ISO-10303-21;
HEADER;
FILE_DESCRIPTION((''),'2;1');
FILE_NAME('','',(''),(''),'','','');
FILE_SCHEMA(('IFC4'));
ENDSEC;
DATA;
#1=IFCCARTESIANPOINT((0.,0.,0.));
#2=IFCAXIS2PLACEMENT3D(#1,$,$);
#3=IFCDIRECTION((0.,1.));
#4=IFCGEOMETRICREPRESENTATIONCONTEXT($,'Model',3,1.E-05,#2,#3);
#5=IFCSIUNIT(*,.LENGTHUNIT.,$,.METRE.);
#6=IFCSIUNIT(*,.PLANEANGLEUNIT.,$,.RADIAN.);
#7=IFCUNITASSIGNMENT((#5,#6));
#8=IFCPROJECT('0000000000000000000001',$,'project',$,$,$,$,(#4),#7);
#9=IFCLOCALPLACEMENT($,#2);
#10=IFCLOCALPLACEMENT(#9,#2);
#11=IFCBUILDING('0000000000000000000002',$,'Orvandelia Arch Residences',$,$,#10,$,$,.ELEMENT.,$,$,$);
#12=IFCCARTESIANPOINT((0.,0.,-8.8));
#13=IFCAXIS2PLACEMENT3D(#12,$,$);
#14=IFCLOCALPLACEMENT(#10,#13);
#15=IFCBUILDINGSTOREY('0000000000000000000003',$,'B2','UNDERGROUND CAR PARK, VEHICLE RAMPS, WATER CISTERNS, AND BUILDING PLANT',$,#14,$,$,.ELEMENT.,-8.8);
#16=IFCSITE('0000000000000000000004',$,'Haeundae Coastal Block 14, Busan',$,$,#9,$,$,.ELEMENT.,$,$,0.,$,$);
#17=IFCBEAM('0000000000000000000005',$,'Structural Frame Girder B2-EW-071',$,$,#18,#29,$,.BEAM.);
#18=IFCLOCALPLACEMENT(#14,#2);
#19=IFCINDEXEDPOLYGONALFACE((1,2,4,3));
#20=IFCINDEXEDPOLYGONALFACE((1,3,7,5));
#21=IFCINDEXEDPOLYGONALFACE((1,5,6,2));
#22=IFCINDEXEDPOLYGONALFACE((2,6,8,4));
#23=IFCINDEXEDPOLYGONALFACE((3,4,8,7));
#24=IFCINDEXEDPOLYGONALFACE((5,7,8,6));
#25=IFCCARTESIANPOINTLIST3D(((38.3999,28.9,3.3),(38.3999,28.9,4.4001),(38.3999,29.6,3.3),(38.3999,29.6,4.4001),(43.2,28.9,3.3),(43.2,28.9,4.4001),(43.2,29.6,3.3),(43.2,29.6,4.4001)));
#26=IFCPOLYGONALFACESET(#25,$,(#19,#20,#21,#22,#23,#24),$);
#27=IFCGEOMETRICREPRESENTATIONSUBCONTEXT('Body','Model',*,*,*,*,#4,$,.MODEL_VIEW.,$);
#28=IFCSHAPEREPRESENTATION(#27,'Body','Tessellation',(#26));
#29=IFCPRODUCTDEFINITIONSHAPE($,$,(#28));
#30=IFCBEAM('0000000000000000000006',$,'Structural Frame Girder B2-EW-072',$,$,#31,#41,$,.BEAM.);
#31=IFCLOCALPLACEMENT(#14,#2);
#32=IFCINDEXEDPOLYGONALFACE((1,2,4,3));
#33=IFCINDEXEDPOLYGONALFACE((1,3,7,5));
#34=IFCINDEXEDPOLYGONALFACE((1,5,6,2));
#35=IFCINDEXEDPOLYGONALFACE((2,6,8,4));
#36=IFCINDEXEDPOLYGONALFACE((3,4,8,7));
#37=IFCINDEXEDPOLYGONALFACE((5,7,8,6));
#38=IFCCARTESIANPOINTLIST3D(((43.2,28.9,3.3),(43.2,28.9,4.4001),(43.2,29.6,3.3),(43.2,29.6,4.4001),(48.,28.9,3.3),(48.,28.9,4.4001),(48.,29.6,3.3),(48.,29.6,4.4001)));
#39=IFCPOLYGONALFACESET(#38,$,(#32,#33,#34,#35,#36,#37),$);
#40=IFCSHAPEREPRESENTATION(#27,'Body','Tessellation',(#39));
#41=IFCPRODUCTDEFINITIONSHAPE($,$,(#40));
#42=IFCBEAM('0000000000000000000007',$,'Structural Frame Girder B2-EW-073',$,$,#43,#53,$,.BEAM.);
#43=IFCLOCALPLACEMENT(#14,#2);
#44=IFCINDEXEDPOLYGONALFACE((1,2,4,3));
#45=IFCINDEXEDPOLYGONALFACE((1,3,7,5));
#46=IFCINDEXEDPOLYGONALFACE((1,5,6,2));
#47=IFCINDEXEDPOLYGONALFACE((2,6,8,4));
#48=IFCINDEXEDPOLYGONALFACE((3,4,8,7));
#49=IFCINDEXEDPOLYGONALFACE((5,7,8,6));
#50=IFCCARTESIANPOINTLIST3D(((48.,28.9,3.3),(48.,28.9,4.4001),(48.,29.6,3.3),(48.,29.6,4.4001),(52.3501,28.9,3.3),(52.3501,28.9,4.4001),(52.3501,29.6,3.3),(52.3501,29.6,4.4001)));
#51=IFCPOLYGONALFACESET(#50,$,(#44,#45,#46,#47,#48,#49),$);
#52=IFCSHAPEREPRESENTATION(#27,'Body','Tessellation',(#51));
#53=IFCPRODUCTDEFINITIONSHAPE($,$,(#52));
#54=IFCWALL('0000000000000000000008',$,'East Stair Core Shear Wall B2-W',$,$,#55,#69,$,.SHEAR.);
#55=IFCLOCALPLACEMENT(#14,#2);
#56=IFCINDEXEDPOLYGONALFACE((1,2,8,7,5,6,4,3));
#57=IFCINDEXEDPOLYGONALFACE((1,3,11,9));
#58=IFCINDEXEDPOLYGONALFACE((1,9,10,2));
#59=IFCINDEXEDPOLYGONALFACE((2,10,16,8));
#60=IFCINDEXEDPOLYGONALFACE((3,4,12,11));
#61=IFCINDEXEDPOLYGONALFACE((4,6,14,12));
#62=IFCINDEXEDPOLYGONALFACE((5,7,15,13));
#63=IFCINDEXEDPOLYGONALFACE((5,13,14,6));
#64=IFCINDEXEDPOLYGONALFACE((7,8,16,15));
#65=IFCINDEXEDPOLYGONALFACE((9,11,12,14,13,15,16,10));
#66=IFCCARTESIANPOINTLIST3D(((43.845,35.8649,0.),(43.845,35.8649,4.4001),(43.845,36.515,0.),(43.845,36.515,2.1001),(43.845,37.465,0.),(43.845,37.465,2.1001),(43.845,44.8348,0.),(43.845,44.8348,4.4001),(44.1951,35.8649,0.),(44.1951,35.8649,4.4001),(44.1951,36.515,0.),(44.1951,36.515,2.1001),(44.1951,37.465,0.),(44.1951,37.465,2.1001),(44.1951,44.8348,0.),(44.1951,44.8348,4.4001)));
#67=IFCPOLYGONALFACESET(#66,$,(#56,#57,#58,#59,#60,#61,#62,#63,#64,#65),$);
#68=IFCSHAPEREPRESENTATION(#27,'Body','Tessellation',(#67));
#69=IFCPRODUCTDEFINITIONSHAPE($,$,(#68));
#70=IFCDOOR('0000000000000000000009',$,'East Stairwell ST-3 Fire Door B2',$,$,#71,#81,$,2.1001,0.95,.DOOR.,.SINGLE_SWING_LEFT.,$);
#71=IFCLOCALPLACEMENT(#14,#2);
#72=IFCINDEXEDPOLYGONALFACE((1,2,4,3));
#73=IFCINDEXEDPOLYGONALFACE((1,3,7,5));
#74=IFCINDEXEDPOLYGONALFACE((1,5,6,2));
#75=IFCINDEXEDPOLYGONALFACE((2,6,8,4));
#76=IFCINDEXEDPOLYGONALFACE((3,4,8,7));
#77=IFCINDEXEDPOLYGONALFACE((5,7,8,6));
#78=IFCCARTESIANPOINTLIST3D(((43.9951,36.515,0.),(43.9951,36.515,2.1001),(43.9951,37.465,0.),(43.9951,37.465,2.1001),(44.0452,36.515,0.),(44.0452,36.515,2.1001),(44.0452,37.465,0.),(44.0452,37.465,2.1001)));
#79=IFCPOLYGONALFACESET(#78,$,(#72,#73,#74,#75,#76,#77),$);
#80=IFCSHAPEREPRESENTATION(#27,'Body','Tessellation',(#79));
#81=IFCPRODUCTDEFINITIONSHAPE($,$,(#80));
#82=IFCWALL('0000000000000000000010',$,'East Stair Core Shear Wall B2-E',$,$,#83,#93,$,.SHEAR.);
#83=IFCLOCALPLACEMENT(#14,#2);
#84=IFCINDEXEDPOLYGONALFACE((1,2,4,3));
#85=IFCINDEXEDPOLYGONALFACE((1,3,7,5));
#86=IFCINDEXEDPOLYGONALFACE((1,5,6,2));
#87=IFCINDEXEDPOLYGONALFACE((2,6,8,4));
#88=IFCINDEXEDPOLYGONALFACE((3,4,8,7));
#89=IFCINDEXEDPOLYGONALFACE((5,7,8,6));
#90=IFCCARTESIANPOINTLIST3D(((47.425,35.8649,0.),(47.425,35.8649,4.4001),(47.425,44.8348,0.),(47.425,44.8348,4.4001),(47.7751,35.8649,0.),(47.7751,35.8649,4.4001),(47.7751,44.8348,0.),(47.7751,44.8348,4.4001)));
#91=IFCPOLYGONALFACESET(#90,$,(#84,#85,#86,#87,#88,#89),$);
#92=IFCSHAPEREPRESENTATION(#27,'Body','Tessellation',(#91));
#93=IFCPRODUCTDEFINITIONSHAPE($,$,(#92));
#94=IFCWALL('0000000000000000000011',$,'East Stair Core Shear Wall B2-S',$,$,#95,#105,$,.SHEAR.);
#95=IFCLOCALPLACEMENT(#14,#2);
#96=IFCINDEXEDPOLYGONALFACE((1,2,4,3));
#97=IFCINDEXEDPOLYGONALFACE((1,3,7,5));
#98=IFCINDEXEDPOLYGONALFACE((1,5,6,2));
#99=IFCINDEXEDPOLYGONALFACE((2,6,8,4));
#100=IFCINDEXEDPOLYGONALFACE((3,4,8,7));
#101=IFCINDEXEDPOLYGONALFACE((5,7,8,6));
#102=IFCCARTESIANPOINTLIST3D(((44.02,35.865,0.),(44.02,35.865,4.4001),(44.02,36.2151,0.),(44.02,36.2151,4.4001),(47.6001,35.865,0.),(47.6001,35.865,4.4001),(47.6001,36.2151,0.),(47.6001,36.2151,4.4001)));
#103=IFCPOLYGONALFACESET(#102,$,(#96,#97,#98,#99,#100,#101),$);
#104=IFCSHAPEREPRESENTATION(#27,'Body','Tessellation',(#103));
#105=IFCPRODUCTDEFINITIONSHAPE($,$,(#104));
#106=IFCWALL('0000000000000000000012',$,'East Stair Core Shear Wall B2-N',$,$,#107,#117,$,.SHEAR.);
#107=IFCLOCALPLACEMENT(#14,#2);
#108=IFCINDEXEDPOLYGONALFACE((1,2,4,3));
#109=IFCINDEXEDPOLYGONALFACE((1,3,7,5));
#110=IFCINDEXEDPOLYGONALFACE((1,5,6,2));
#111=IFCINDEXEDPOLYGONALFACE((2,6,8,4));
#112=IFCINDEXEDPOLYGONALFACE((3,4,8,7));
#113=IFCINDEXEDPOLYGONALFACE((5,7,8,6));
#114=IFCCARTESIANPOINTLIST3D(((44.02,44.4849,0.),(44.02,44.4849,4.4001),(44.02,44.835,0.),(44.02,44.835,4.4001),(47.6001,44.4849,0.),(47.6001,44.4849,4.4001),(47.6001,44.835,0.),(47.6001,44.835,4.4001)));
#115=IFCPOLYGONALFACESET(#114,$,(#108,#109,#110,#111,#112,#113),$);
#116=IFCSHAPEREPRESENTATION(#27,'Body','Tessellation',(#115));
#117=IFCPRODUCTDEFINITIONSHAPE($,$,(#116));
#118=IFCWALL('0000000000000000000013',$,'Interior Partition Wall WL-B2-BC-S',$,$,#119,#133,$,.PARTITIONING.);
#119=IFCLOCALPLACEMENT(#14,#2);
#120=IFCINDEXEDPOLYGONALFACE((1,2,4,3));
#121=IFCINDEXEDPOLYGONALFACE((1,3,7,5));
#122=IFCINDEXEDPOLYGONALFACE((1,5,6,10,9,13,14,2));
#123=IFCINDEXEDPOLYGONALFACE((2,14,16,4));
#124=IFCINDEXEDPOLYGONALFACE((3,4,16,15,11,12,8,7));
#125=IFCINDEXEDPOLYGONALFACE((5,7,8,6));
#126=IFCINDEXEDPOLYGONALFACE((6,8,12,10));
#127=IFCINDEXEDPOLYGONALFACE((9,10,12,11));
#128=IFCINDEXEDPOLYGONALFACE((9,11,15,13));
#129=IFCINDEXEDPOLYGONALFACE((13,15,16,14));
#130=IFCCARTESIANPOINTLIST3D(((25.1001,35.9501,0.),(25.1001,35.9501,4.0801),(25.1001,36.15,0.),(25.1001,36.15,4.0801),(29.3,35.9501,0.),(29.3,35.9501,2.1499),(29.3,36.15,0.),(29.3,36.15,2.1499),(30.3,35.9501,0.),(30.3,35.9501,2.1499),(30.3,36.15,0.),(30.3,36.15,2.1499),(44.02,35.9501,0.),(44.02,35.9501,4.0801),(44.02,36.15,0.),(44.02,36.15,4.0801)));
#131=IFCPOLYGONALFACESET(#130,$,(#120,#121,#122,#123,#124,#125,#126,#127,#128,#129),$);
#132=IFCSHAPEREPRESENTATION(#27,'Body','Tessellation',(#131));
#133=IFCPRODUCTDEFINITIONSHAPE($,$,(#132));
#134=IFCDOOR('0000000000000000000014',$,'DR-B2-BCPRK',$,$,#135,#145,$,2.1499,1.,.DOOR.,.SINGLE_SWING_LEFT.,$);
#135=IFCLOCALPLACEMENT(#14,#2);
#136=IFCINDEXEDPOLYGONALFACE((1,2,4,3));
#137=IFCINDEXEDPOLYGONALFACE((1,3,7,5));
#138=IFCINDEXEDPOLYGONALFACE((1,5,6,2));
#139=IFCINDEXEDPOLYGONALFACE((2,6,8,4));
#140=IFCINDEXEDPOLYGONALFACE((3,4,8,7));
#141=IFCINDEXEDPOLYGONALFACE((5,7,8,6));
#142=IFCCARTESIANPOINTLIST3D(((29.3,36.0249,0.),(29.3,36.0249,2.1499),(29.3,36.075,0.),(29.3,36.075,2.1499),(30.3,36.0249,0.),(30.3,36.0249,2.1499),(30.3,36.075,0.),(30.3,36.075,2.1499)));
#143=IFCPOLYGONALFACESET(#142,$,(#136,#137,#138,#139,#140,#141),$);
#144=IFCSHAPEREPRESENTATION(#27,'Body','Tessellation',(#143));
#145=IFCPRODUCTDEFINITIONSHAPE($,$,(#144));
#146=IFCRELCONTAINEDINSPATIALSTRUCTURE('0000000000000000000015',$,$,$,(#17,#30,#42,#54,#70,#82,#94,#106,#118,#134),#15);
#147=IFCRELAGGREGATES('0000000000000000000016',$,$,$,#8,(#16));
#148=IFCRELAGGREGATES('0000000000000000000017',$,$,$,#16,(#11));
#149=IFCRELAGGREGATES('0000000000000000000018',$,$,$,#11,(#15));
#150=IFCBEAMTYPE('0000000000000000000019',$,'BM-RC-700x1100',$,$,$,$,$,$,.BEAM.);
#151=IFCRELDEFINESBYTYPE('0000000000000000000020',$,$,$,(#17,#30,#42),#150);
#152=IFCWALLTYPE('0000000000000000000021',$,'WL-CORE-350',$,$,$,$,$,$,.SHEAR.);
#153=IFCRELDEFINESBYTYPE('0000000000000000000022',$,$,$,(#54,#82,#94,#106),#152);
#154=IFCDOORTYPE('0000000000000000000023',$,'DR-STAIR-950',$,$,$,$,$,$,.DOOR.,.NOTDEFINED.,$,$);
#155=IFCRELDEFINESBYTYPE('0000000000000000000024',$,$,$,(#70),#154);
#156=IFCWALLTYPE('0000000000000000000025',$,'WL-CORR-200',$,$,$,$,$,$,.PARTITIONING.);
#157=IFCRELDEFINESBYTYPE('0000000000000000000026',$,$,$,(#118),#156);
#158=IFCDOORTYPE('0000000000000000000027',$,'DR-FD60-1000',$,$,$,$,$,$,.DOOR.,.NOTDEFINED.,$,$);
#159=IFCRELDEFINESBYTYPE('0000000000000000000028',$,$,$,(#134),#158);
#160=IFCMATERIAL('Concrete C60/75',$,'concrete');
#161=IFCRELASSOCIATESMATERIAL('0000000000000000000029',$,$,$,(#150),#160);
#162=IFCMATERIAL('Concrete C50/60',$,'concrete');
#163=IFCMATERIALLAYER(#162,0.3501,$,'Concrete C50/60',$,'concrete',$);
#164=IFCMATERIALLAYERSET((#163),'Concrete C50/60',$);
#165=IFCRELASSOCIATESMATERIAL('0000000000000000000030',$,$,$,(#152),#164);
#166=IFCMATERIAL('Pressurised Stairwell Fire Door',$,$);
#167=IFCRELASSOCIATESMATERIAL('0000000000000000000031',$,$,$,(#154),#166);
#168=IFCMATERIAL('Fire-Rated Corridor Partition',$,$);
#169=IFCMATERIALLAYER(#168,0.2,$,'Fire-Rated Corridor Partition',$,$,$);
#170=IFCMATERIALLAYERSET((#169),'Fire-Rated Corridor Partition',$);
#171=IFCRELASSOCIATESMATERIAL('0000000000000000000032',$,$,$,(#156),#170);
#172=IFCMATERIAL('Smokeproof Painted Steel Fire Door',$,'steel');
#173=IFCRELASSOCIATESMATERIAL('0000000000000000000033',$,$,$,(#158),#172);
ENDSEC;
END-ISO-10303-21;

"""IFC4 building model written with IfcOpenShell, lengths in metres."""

from ifc_helpers import new_model, si_unit, direction, frame, frame_2d, origin, origin_2d, place, context, subcontext, project, spatial, rectangle, extrude, material, layer, layer_set, material_profile, profile_set, type_object, element, fill, save


model = new_model("IFC4")

# Units and contexts
model_context = context("Model", 3, precision=1e-05, world=origin(), true_north=direction((0.0, 1.0)))
body_context = subcontext(model_context, "Body", "Model", "MODEL_VIEW")
ifc_project = project(units=[si_unit("LENGTHUNIT", "METRE"), si_unit("PLANEANGLEUNIT", "RADIAN")], contexts=[model_context])

# Site, building, storey
site_placement = place(None, origin())
site = spatial("IfcSite", under=ifc_project, at=site_placement, Name="Haeundae Coastal Block 14, Busan", CompositionType="ELEMENT", RefElevation=0.0)
building_placement = place(site_placement, origin())
building = spatial("IfcBuilding", under=site, at=building_placement, Name="Orvandelia Arch Residences", CompositionType="ELEMENT")
storey_placement = place(building_placement, frame((0.0, 0.0, -8.8)))
storey = spatial("IfcBuildingStorey", under=building, at=storey_placement, Name="B2", Description="UNDERGROUND CAR PARK, VEHICLE RAMPS, WATER CISTERNS, AND BUILDING PLANT", CompositionType="ELEMENT", Elevation=-8.8)

# Beams
ifc_material_1 = material(Name="Concrete C60/75", Category="concrete")
ifc_material_profile_1 = material_profile(ifc_material_1, rectangle(XDim=0.7, YDim=1.1001, at=origin_2d()), Name="Concrete C60/75", Category="concrete")
ifc_profile_set_1 = profile_set([ifc_material_profile_1], Name="Concrete C60/75")
beam_type = type_object("IfcBeamType", Name="BM-RC-700x1100", PredefinedType="BEAM", material=ifc_profile_set_1)
for number, where, z_axis, x_axis, name in (
    (1, (38.3999, 29.25, 3.8501), (1.0, 0.0, 0.0), (0.0, 1.0, 0.0), "Structural Frame Girder B2-EW-071"),
    (2, (43.2, 29.25, 3.8501), (1.0, 0.0, 0.0), (0.0, 1.0, 0.0), "Structural Frame Girder B2-EW-072"),
):
    element("IfcBeam", number, at=place(storey_placement, frame(where, z_axis=z_axis, x_axis=x_axis)), inside=storey, type_object=beam_type, Name=name, PredefinedType="BEAM", context=body_context, shape_type="SweptSolid", body=[
        extrude(rectangle(XDim=0.7, YDim=1.1001, at=origin_2d()), origin(), (0.0, 0.0, 1.0), 4.8),
    ])
beam_1_placement = place(storey_placement, frame((48.0, 29.25, 3.8501), z_axis=(1.0, 0.0, 0.0), x_axis=(0.0, 1.0, 0.0)))
element("IfcBeam", 3, at=beam_1_placement, inside=storey, type_object=beam_type, Name="Structural Frame Girder B2-EW-073", PredefinedType="BEAM", context=body_context, shape_type="SweptSolid", body=[
    extrude(rectangle(XDim=0.7, YDim=1.1001, at=origin_2d()), origin(), (0.0, 0.0, 1.0), 4.3501),
])

# Wall, opening, door
ifc_material_2 = material(Name="Concrete C50/60", Category="concrete")
ifc_layer_1 = layer(ifc_material_2, 0.3501, Name="Concrete C50/60", Category="concrete")
ifc_layer_set_1 = layer_set([ifc_layer_1], Name="Concrete C50/60")
wall_type_1 = type_object("IfcWallType", Name="WL-CORE-350", PredefinedType="SHEAR", material=ifc_layer_set_1)
wall_1_placement = place(storey_placement, frame((44.02, 35.865, 0.0), z_axis=(0.0, 0.0, 1.0), x_axis=(0.0, 1.0, 0.0)))
wall_1 = element("IfcWall", 4, at=wall_1_placement, inside=storey, type_object=wall_type_1, Name="East Stair Core Shear Wall B2-W", PredefinedType="SHEAR", context=body_context, shape_type="SweptSolid", body=[
    extrude(rectangle(XDim=8.97, YDim=0.3501, at=frame_2d((4.4849, 0.0))), origin(), (0.0, 0.0, 1.0), 4.4001),
])
opening_1_placement = place(wall_1_placement, frame((0.6499, 0.0, 0.0)))
opening_1 = element("IfcOpeningElement", 5, at=opening_1_placement, cuts=wall_1, PredefinedType="OPENING", context=body_context, shape_type="SweptSolid", body=[
    extrude(rectangle(XDim=0.95, YDim=2.1001, at=frame_2d((0.4751, 1.05))), frame((0.0, 0.1851, 0.0), z_axis=(0.0, -1.0, 0.0), x_axis=(1.0, 0.0, 0.0)), (0.0, 0.0, 1.0), 0.3701),
])
ifc_material_3 = material(Name="Pressurised Stairwell Fire Door")
door_type_1 = type_object("IfcDoorType", Name="DR-STAIR-950", OperationType="NOTDEFINED", PredefinedType="DOOR", material=ifc_material_3)
door_1_placement = place(opening_1_placement, origin())
door_1 = element("IfcDoor", 6, at=door_1_placement, inside=storey, type_object=door_type_1, Name="East Stairwell ST-3 Fire Door B2", OperationType="SINGLE_SWING_LEFT", OverallHeight=2.1001, OverallWidth=0.95, PredefinedType="DOOR", context=body_context, shape_type="SweptSolid", body=[
    extrude(rectangle(XDim=0.95, YDim=2.1001, at=frame_2d((0.4751, 1.05))), frame((0.0, 0.0249, 0.0), z_axis=(0.0, -1.0, 0.0), x_axis=(1.0, 0.0, 0.0)), (0.0, 0.0, 1.0), 0.05),
])
fill(opening_1, door_1)

# Walls
wall_2_placement = place(storey_placement, frame((47.6001, 35.865, 0.0), z_axis=(0.0, 0.0, 1.0), x_axis=(0.0, 1.0, 0.0)))
element("IfcWall", 7, at=wall_2_placement, inside=storey, type_object=wall_type_1, Name="East Stair Core Shear Wall B2-E", PredefinedType="SHEAR", context=body_context, shape_type="SweptSolid", body=[
    extrude(rectangle(XDim=8.97, YDim=0.3501, at=frame_2d((4.4849, 0.0))), origin(), (0.0, 0.0, 1.0), 4.4001),
])
for number, where, z_axis, x_axis, name in (
    (8, (44.02, 36.04, 0.0), (0.0, 0.0, 1.0), (1.0, 0.0, 0.0), "East Stair Core Shear Wall B2-S"),
    (9, (44.02, 44.6599, 0.0), (0.0, 0.0, 1.0), (1.0, 0.0, 0.0), "East Stair Core Shear Wall B2-N"),
):
    element("IfcWall", number, at=place(storey_placement, frame(where, z_axis=z_axis, x_axis=x_axis)), inside=storey, type_object=wall_type_1, Name=name, PredefinedType="SHEAR", context=body_context, shape_type="SweptSolid", body=[
        extrude(rectangle(XDim=3.5801, YDim=0.3501, at=frame_2d((1.79, 0.0))), origin(), (0.0, 0.0, 1.0), 4.4001),
    ])

# Wall, opening, door
ifc_material_4 = material(Name="Fire-Rated Corridor Partition")
ifc_layer_2 = layer(ifc_material_4, 0.2, Name="Fire-Rated Corridor Partition")
ifc_layer_set_2 = layer_set([ifc_layer_2], Name="Fire-Rated Corridor Partition")
wall_type_2 = type_object("IfcWallType", Name="WL-CORR-200", PredefinedType="PARTITIONING", material=ifc_layer_set_2)
wall_3_placement = place(storey_placement, frame((25.1001, 36.05, 0.0), z_axis=(0.0, 0.0, 1.0), x_axis=(1.0, 0.0, 0.0)))
wall_3 = element("IfcWall", 10, at=wall_3_placement, inside=storey, type_object=wall_type_2, Name="Interior Partition Wall WL-B2-BC-S", PredefinedType="PARTITIONING", context=body_context, shape_type="SweptSolid", body=[
    extrude(rectangle(XDim=18.9199, YDim=0.2, at=frame_2d((9.46, 0.0))), origin(), (0.0, 0.0, 1.0), 4.0801),
])
opening_2_placement = place(wall_3_placement, frame((4.2, 0.0, 0.0)))
opening_2 = element("IfcOpeningElement", 11, at=opening_2_placement, cuts=wall_3, PredefinedType="OPENING", context=body_context, shape_type="SweptSolid", body=[
    extrude(rectangle(XDim=1.0, YDim=2.1499, at=frame_2d((0.5, 1.075))), frame((0.0, 0.1099, 0.0), z_axis=(0.0, -1.0, 0.0), x_axis=(1.0, 0.0, 0.0)), (0.0, 0.0, 1.0), 0.22),
])
ifc_material_5 = material(Name="Smokeproof Painted Steel Fire Door", Category="steel")
door_type_2 = type_object("IfcDoorType", Name="DR-FD60-1000", OperationType="NOTDEFINED", PredefinedType="DOOR", material=ifc_material_5)
door_2_placement = place(opening_2_placement, origin())
door_2 = element("IfcDoor", 12, at=door_2_placement, inside=storey, type_object=door_type_2, Name="DR-B2-BCPRK", OperationType="SINGLE_SWING_LEFT", OverallHeight=2.1499, OverallWidth=1.0, PredefinedType="DOOR", context=body_context, shape_type="SweptSolid", body=[
    extrude(rectangle(XDim=1.0, YDim=2.1499, at=frame_2d((0.5, 1.075))), frame((0.0, 0.0249, 0.0), z_axis=(0.0, -1.0, 0.0), x_axis=(1.0, 0.0, 0.0)), (0.0, 0.0, 1.0), 0.05),
])
fill(opening_2, door_2)

save(model, "model.ifc")
